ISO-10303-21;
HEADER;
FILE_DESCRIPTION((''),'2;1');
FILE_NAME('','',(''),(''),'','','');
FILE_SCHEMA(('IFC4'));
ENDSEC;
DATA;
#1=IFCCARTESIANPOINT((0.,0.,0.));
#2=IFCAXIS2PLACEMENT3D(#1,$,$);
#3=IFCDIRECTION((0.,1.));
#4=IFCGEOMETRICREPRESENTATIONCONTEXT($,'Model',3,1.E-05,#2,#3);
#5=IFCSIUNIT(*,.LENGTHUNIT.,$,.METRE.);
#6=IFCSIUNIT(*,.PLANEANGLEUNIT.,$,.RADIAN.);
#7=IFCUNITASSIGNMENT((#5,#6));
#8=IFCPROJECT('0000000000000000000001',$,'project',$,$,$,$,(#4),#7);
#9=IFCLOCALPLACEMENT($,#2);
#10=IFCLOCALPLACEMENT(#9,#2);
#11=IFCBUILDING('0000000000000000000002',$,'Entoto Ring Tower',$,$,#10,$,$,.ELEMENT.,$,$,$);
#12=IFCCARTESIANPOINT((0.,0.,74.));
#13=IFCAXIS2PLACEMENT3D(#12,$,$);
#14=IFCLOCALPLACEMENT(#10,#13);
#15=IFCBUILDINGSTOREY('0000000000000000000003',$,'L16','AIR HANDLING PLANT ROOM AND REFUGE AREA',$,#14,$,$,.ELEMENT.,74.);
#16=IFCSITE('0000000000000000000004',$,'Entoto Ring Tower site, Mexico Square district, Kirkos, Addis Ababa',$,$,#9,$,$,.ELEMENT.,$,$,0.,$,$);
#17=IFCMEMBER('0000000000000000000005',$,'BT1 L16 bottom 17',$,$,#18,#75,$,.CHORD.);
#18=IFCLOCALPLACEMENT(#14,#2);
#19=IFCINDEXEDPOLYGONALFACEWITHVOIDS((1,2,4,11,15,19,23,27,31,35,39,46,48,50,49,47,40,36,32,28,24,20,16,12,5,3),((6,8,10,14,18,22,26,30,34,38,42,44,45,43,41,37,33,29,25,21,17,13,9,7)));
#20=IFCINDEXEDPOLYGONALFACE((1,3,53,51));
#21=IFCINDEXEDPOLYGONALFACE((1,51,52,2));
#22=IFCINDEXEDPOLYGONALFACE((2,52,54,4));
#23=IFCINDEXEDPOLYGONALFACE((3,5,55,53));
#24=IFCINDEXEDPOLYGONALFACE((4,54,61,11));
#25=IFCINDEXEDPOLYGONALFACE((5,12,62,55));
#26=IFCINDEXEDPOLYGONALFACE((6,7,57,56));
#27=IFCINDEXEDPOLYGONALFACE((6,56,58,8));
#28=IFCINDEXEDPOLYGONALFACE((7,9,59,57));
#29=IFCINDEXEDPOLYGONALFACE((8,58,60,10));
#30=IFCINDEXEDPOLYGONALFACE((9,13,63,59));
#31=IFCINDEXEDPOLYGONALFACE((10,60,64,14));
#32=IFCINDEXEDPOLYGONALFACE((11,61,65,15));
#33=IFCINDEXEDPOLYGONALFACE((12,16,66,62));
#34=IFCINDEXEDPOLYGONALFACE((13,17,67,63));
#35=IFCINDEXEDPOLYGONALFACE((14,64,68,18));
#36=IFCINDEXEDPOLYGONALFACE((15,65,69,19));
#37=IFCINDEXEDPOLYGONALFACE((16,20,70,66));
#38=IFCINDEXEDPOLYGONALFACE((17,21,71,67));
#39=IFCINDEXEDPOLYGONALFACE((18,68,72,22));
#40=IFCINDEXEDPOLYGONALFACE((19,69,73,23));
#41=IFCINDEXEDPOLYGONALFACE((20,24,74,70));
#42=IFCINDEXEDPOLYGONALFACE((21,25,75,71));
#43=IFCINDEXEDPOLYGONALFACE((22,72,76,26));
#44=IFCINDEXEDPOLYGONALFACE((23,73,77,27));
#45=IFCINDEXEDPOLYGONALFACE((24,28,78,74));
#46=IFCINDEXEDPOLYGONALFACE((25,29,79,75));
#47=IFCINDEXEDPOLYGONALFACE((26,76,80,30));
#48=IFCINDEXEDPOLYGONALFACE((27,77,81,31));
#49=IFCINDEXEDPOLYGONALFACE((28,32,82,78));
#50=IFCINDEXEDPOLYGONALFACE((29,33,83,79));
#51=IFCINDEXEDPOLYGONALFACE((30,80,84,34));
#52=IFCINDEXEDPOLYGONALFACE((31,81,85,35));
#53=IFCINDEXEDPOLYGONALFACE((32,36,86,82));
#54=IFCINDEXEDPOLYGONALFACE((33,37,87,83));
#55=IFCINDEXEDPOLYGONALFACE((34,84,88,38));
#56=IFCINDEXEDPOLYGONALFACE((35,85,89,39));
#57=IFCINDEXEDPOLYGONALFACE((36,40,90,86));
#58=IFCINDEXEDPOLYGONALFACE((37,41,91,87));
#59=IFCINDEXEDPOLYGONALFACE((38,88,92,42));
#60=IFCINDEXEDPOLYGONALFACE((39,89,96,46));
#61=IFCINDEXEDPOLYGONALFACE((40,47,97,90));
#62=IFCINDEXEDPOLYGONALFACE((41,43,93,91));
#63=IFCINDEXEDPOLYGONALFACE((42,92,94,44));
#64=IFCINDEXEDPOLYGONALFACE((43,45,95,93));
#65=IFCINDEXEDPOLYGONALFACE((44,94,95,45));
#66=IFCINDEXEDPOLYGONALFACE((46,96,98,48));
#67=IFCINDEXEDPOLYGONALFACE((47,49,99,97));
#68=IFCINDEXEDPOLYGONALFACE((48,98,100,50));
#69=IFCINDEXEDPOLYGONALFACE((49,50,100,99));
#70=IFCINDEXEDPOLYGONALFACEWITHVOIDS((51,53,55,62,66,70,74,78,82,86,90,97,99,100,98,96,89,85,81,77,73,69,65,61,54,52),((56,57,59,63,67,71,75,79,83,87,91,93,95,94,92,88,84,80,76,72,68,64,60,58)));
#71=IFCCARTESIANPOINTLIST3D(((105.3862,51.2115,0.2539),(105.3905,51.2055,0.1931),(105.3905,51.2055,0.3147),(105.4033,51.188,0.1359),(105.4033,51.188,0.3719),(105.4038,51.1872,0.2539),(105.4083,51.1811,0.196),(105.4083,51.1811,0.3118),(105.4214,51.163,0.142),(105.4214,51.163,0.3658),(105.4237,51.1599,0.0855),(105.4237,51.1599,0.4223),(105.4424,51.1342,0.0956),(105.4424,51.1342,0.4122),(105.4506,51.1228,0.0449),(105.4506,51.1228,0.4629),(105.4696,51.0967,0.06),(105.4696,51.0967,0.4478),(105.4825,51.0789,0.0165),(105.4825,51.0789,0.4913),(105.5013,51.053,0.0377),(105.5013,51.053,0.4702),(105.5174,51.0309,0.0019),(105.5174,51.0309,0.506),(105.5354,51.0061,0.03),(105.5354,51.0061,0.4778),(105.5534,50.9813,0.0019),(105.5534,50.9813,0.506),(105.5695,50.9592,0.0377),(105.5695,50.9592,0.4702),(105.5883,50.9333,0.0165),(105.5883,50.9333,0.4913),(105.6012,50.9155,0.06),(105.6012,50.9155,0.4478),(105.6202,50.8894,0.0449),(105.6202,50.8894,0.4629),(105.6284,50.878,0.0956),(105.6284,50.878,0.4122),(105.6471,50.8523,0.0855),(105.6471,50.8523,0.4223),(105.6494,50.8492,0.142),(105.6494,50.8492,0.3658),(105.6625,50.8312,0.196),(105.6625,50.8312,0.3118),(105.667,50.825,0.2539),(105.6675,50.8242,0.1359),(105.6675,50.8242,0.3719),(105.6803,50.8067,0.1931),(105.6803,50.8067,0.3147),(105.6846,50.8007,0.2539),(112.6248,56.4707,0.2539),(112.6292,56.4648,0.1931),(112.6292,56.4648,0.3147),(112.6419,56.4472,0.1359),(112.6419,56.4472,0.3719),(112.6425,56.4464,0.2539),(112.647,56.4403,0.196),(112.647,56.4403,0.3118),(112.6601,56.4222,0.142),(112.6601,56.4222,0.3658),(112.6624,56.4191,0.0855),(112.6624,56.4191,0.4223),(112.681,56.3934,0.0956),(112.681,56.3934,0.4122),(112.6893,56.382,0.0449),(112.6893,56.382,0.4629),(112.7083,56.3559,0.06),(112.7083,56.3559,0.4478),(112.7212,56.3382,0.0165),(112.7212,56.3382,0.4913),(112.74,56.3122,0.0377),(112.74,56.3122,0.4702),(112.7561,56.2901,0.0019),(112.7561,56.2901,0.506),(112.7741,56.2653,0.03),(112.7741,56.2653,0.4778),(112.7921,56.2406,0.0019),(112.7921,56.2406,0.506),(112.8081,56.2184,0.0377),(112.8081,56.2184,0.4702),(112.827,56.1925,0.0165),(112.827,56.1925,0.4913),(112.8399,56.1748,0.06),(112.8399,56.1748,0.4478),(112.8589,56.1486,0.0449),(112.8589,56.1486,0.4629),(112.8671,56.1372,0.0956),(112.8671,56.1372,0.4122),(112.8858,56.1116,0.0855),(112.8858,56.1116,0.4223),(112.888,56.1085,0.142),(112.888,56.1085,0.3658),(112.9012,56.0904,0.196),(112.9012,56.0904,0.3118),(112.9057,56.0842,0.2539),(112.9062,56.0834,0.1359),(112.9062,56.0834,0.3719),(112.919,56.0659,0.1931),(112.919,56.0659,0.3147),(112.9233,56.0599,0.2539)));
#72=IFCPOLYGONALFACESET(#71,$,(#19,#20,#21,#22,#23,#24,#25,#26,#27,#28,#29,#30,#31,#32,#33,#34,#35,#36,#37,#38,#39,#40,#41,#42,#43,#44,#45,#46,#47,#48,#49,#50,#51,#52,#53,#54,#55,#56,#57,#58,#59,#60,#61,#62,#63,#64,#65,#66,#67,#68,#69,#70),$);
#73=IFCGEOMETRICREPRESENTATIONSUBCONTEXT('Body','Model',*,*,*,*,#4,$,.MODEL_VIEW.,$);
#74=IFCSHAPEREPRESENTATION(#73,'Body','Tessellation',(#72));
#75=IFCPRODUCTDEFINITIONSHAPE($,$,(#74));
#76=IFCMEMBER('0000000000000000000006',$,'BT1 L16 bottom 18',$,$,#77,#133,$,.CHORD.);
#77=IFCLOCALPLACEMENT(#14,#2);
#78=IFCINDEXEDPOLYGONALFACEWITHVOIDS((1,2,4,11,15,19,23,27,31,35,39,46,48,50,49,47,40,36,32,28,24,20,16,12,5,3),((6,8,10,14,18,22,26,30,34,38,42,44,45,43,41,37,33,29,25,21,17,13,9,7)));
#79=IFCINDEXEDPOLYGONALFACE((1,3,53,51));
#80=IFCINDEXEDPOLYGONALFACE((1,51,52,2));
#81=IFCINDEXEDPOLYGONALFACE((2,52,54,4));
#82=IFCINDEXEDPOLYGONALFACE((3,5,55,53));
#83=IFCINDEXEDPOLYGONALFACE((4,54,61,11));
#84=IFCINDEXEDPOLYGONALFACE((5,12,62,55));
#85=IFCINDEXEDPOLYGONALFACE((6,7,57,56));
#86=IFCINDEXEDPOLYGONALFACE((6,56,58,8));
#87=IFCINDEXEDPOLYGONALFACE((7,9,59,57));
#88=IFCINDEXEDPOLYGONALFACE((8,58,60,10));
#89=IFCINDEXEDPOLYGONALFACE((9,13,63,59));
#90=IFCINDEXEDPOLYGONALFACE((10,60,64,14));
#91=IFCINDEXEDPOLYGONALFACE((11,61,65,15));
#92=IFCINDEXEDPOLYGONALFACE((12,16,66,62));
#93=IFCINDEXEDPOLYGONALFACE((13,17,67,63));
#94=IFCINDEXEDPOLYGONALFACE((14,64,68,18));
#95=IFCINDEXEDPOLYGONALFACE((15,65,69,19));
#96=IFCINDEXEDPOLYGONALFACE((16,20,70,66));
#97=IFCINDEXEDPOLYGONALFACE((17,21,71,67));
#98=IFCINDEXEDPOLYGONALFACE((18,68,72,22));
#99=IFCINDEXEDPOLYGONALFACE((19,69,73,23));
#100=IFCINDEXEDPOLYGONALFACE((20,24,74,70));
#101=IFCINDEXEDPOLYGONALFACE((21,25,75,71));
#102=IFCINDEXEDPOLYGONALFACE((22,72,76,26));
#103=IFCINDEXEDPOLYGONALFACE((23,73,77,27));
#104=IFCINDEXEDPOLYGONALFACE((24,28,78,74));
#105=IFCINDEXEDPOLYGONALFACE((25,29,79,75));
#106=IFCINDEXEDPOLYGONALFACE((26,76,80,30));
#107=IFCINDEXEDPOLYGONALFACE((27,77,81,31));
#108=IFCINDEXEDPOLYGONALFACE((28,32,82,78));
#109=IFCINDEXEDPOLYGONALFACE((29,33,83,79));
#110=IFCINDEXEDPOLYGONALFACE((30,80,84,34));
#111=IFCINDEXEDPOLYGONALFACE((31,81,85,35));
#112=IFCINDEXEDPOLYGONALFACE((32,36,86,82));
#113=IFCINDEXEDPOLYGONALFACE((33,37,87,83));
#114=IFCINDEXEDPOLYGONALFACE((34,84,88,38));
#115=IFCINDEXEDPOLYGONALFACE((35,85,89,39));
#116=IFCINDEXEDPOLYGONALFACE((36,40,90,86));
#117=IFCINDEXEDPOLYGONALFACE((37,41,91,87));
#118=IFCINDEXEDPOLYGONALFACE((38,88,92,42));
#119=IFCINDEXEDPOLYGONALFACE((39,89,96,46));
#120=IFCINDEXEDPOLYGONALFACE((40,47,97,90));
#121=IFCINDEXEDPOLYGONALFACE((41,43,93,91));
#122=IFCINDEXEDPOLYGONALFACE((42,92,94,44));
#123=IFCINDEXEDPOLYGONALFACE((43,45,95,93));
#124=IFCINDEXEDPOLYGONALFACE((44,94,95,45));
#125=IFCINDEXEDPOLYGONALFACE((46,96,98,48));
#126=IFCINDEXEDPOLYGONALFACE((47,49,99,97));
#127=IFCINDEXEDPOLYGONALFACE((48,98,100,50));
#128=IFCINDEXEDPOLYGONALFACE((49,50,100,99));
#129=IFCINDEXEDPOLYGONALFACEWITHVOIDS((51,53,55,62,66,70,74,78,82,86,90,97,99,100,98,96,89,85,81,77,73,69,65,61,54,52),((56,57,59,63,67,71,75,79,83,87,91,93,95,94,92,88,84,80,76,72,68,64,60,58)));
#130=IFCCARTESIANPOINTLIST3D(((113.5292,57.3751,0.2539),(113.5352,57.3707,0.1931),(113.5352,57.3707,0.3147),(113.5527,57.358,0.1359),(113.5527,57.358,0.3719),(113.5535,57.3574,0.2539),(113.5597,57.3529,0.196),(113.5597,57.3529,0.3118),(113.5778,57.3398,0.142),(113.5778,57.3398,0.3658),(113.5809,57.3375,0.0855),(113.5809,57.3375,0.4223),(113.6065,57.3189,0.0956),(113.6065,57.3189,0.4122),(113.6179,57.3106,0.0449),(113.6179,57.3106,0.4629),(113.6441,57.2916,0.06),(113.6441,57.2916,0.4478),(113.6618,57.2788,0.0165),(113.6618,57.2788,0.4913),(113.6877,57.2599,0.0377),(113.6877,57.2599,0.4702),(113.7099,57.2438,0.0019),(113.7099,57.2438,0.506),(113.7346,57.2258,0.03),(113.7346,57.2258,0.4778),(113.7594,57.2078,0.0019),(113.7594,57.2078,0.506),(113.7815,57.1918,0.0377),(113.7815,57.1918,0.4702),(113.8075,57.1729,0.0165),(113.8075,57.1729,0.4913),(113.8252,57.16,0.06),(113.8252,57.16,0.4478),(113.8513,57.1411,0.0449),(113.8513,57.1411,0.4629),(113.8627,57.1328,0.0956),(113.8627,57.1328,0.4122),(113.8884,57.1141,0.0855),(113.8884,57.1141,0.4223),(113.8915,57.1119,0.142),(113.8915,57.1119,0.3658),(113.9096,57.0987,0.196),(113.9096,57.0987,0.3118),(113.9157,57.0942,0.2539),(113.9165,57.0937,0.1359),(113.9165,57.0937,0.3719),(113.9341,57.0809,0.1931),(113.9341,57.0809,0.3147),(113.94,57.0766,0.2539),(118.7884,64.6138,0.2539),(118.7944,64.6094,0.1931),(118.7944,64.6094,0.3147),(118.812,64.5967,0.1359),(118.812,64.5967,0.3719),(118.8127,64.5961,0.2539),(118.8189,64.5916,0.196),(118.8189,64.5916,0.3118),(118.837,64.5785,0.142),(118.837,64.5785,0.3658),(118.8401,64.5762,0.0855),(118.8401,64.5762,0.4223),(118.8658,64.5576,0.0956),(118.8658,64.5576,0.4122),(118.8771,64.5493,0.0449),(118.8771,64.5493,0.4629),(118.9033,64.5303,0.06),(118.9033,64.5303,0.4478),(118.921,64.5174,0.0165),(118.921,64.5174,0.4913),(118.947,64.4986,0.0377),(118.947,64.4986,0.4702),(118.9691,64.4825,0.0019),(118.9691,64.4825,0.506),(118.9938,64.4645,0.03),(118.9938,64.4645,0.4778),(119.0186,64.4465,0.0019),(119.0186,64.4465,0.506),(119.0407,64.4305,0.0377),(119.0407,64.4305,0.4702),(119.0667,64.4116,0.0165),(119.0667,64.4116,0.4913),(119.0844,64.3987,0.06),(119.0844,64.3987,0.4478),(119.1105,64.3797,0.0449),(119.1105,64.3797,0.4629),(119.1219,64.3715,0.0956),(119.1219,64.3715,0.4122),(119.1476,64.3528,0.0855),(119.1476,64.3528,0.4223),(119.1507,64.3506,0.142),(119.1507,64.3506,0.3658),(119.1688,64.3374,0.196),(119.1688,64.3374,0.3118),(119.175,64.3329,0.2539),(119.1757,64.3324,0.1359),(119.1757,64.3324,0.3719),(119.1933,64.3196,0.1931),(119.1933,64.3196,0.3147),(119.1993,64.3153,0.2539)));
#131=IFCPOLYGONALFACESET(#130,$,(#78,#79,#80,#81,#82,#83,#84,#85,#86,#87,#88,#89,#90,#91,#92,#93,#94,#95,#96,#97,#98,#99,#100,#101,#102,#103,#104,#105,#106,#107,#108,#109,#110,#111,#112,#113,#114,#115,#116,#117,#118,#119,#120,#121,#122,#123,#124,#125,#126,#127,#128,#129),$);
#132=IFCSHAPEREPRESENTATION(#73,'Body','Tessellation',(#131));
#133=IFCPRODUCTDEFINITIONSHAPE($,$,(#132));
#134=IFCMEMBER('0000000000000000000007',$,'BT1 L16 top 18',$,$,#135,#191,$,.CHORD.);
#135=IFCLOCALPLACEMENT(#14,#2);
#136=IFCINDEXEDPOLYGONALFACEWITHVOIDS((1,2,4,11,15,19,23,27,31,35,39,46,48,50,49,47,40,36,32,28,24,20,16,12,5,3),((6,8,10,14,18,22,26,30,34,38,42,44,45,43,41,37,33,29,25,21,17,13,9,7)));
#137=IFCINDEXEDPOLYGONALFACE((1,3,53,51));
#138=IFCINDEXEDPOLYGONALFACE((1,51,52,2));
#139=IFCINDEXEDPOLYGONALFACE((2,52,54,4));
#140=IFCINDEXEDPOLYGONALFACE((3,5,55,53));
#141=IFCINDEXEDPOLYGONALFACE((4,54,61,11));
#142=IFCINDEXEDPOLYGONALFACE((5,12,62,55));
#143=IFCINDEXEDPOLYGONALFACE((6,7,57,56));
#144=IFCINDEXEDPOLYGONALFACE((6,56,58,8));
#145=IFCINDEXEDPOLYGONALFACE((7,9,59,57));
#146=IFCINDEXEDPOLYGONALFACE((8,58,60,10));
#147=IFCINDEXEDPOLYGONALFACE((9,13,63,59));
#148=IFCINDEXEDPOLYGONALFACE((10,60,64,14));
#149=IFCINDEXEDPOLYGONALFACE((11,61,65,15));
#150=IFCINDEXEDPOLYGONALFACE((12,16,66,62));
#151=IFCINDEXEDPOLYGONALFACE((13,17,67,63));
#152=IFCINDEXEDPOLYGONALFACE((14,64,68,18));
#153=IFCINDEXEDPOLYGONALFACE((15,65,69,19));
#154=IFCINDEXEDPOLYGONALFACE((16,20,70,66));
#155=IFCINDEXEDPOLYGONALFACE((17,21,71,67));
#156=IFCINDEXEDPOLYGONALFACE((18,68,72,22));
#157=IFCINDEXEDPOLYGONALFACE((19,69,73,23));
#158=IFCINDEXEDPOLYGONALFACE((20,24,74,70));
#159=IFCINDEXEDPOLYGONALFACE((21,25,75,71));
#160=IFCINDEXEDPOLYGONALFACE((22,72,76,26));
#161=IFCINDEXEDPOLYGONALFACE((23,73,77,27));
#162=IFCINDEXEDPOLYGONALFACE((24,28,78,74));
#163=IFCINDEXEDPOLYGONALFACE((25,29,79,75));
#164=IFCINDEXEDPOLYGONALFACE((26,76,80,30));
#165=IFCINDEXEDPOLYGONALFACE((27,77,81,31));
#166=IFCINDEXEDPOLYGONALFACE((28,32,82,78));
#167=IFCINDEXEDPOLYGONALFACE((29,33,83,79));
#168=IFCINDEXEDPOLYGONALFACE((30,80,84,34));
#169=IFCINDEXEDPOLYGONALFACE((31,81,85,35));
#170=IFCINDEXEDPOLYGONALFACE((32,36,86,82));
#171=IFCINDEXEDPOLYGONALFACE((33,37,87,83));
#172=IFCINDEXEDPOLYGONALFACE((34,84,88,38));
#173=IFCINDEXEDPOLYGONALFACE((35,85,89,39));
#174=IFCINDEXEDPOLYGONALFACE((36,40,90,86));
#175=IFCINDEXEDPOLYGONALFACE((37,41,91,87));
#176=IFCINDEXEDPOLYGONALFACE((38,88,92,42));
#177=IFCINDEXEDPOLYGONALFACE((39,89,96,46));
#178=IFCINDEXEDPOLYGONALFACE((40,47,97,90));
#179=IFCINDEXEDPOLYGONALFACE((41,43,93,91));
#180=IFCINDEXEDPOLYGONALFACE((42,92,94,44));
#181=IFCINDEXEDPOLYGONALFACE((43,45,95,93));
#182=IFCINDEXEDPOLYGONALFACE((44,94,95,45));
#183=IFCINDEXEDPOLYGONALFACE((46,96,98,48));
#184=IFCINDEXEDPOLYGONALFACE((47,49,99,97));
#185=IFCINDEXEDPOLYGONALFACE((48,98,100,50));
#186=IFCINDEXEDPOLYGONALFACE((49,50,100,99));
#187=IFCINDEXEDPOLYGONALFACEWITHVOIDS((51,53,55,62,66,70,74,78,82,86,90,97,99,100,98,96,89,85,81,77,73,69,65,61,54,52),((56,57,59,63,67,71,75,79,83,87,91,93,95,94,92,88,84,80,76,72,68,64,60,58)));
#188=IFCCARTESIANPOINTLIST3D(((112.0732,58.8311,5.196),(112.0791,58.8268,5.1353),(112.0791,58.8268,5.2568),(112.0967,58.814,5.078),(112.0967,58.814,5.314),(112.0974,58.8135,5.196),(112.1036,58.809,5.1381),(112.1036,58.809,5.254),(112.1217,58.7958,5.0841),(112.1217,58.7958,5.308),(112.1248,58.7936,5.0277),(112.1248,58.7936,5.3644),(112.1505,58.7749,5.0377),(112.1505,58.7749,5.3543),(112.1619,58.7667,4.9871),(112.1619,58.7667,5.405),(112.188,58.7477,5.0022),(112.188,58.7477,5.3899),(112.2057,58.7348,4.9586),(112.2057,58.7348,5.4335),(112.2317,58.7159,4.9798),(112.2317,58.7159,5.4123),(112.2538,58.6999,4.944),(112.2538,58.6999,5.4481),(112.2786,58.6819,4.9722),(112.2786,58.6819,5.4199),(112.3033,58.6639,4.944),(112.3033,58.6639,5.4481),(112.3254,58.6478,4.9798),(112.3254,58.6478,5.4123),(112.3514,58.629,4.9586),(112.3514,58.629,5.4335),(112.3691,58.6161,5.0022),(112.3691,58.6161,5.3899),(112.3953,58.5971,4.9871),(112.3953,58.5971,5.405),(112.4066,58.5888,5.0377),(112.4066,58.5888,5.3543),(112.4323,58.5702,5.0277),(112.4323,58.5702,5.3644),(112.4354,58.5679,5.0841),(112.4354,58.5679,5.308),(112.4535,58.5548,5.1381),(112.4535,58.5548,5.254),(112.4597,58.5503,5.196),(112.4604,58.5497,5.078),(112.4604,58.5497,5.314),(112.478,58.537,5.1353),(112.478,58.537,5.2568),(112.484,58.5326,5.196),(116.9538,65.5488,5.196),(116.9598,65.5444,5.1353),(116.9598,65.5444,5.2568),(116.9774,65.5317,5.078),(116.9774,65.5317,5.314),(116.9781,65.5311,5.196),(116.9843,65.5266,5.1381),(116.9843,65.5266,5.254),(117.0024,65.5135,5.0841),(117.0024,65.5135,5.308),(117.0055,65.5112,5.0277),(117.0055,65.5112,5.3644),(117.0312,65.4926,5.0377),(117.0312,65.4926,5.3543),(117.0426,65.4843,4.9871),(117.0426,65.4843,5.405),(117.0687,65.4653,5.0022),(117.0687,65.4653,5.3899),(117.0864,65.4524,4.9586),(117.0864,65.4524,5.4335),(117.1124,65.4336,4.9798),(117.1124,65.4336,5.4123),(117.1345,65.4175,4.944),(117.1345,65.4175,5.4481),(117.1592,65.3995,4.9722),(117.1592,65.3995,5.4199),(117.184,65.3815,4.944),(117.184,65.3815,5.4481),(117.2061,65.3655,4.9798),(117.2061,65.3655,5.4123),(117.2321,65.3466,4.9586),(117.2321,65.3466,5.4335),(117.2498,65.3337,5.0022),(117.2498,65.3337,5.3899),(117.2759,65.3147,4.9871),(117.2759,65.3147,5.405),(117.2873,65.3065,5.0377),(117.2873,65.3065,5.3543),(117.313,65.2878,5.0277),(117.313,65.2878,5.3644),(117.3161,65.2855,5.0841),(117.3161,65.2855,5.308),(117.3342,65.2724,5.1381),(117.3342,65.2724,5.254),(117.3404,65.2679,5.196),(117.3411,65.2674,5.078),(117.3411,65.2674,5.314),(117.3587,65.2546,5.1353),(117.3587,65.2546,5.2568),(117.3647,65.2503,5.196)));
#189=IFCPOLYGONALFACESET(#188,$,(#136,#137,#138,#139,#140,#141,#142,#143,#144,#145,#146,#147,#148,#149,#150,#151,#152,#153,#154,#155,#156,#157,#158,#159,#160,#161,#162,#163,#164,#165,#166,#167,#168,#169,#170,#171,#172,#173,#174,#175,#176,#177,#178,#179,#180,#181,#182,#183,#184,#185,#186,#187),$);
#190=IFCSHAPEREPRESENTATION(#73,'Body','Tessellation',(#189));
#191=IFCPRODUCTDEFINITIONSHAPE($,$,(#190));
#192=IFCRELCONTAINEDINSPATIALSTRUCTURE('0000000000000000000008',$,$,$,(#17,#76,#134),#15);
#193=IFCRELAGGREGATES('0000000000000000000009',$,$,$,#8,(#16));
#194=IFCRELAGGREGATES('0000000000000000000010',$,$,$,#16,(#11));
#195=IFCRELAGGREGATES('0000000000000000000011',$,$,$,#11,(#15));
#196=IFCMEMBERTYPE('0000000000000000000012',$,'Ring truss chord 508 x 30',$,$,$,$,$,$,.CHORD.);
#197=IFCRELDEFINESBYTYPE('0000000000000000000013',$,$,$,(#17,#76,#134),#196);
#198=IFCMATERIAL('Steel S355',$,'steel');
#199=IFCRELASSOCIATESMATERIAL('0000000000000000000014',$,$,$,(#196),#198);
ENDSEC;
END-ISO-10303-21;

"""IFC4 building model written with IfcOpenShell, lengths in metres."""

from ifc_helpers import new_model, si_unit, direction, frame, origin, origin_2d, place, context, subcontext, project, spatial, circle, hollow_circle, extrude, material, material_profile, profile_set, type_object, element, save


model = new_model("IFC4")

# Units and contexts
model_context = context("Model", 3, precision=1e-05, world=origin(), true_north=direction((0.0, 1.0)))
body_context = subcontext(model_context, "Body", "Model", "MODEL_VIEW")
ifc_project = project(units=[si_unit("LENGTHUNIT", "METRE"), si_unit("PLANEANGLEUNIT", "RADIAN")], contexts=[model_context])

# Site, building, storey
site_placement = place(None, origin())
site = spatial("IfcSite", under=ifc_project, at=site_placement, Name="Entoto Ring Tower site, Mexico Square district, Kirkos, Addis Ababa", CompositionType="ELEMENT", RefElevation=0.0)
building_placement = place(site_placement, origin())
building = spatial("IfcBuilding", under=site, at=building_placement, Name="Entoto Ring Tower", CompositionType="ELEMENT")
storey_placement = place(building_placement, frame((0.0, 0.0, 74.0)))
storey = spatial("IfcBuildingStorey", under=building, at=storey_placement, Name="L16", Description="AIR HANDLING PLANT ROOM AND REFUGE AREA", CompositionType="ELEMENT", Elevation=74.0)

# Members
ifc_material_1 = material(Name="Steel S355", Category="steel")
ifc_material_profile_1 = material_profile(ifc_material_1, hollow_circle(Radius=0.2539, WallThickness=0.03, at=origin_2d()), Name="CHS 508 x 30")
ifc_material_2 = material(Name="Concrete C60/75", Category="concrete")
ifc_material_profile_2 = material_profile(ifc_material_2, circle(Radius=0.2241, at=origin_2d()), Name="Concrete C60/75 infill")
ifc_profile_set_1 = profile_set([ifc_material_profile_1, ifc_material_profile_2], Name="Steel S355")
member_type_1 = type_object("IfcMemberType", Name="Ring truss chord 508 x 30", PredefinedType="CHORD", material=ifc_profile_set_1)
for number, where, z_axis, x_axis, name in (
    (1, (105.5354, 51.0061, 0.2539), (0.809017, 0.587786, 0.0), (-0.587786, 0.809017, 0.0), "BT1 L16 bottom 17"),
    (2, (113.7346, 57.2258, 0.2539), (0.587786, 0.809017, 0.0), (-0.809017, 0.587786, 0.0), "BT1 L16 bottom 18"),
):
    element("IfcMember", number, at=place(storey_placement, frame(where, z_axis=z_axis, x_axis=x_axis)), inside=storey, type_object=member_type_1, Name=name, PredefinedType="CHORD", context=body_context, shape_type="SweptSolid", body=[
        extrude(hollow_circle(Radius=0.2539, WallThickness=0.03, at=origin_2d()), origin(), (0.0, 0.0, 1.0), 8.9475),
    ])
member_1_placement = place(storey_placement, frame((112.2786, 58.6819, 5.196), z_axis=(0.587789, 0.809014, 0.0), x_axis=(-0.809014, 0.587789, 0.0)))
element("IfcMember", 3, at=member_1_placement, inside=storey, type_object=member_type_1, Name="BT1 L16 top 18", PredefinedType="CHORD", context=body_context, shape_type="SweptSolid", body=[
    extrude(hollow_circle(Radius=0.2539, WallThickness=0.03, at=origin_2d()), origin(), (0.0, 0.0, 1.0), 8.3035),
])

save(model, "model.ifc")
